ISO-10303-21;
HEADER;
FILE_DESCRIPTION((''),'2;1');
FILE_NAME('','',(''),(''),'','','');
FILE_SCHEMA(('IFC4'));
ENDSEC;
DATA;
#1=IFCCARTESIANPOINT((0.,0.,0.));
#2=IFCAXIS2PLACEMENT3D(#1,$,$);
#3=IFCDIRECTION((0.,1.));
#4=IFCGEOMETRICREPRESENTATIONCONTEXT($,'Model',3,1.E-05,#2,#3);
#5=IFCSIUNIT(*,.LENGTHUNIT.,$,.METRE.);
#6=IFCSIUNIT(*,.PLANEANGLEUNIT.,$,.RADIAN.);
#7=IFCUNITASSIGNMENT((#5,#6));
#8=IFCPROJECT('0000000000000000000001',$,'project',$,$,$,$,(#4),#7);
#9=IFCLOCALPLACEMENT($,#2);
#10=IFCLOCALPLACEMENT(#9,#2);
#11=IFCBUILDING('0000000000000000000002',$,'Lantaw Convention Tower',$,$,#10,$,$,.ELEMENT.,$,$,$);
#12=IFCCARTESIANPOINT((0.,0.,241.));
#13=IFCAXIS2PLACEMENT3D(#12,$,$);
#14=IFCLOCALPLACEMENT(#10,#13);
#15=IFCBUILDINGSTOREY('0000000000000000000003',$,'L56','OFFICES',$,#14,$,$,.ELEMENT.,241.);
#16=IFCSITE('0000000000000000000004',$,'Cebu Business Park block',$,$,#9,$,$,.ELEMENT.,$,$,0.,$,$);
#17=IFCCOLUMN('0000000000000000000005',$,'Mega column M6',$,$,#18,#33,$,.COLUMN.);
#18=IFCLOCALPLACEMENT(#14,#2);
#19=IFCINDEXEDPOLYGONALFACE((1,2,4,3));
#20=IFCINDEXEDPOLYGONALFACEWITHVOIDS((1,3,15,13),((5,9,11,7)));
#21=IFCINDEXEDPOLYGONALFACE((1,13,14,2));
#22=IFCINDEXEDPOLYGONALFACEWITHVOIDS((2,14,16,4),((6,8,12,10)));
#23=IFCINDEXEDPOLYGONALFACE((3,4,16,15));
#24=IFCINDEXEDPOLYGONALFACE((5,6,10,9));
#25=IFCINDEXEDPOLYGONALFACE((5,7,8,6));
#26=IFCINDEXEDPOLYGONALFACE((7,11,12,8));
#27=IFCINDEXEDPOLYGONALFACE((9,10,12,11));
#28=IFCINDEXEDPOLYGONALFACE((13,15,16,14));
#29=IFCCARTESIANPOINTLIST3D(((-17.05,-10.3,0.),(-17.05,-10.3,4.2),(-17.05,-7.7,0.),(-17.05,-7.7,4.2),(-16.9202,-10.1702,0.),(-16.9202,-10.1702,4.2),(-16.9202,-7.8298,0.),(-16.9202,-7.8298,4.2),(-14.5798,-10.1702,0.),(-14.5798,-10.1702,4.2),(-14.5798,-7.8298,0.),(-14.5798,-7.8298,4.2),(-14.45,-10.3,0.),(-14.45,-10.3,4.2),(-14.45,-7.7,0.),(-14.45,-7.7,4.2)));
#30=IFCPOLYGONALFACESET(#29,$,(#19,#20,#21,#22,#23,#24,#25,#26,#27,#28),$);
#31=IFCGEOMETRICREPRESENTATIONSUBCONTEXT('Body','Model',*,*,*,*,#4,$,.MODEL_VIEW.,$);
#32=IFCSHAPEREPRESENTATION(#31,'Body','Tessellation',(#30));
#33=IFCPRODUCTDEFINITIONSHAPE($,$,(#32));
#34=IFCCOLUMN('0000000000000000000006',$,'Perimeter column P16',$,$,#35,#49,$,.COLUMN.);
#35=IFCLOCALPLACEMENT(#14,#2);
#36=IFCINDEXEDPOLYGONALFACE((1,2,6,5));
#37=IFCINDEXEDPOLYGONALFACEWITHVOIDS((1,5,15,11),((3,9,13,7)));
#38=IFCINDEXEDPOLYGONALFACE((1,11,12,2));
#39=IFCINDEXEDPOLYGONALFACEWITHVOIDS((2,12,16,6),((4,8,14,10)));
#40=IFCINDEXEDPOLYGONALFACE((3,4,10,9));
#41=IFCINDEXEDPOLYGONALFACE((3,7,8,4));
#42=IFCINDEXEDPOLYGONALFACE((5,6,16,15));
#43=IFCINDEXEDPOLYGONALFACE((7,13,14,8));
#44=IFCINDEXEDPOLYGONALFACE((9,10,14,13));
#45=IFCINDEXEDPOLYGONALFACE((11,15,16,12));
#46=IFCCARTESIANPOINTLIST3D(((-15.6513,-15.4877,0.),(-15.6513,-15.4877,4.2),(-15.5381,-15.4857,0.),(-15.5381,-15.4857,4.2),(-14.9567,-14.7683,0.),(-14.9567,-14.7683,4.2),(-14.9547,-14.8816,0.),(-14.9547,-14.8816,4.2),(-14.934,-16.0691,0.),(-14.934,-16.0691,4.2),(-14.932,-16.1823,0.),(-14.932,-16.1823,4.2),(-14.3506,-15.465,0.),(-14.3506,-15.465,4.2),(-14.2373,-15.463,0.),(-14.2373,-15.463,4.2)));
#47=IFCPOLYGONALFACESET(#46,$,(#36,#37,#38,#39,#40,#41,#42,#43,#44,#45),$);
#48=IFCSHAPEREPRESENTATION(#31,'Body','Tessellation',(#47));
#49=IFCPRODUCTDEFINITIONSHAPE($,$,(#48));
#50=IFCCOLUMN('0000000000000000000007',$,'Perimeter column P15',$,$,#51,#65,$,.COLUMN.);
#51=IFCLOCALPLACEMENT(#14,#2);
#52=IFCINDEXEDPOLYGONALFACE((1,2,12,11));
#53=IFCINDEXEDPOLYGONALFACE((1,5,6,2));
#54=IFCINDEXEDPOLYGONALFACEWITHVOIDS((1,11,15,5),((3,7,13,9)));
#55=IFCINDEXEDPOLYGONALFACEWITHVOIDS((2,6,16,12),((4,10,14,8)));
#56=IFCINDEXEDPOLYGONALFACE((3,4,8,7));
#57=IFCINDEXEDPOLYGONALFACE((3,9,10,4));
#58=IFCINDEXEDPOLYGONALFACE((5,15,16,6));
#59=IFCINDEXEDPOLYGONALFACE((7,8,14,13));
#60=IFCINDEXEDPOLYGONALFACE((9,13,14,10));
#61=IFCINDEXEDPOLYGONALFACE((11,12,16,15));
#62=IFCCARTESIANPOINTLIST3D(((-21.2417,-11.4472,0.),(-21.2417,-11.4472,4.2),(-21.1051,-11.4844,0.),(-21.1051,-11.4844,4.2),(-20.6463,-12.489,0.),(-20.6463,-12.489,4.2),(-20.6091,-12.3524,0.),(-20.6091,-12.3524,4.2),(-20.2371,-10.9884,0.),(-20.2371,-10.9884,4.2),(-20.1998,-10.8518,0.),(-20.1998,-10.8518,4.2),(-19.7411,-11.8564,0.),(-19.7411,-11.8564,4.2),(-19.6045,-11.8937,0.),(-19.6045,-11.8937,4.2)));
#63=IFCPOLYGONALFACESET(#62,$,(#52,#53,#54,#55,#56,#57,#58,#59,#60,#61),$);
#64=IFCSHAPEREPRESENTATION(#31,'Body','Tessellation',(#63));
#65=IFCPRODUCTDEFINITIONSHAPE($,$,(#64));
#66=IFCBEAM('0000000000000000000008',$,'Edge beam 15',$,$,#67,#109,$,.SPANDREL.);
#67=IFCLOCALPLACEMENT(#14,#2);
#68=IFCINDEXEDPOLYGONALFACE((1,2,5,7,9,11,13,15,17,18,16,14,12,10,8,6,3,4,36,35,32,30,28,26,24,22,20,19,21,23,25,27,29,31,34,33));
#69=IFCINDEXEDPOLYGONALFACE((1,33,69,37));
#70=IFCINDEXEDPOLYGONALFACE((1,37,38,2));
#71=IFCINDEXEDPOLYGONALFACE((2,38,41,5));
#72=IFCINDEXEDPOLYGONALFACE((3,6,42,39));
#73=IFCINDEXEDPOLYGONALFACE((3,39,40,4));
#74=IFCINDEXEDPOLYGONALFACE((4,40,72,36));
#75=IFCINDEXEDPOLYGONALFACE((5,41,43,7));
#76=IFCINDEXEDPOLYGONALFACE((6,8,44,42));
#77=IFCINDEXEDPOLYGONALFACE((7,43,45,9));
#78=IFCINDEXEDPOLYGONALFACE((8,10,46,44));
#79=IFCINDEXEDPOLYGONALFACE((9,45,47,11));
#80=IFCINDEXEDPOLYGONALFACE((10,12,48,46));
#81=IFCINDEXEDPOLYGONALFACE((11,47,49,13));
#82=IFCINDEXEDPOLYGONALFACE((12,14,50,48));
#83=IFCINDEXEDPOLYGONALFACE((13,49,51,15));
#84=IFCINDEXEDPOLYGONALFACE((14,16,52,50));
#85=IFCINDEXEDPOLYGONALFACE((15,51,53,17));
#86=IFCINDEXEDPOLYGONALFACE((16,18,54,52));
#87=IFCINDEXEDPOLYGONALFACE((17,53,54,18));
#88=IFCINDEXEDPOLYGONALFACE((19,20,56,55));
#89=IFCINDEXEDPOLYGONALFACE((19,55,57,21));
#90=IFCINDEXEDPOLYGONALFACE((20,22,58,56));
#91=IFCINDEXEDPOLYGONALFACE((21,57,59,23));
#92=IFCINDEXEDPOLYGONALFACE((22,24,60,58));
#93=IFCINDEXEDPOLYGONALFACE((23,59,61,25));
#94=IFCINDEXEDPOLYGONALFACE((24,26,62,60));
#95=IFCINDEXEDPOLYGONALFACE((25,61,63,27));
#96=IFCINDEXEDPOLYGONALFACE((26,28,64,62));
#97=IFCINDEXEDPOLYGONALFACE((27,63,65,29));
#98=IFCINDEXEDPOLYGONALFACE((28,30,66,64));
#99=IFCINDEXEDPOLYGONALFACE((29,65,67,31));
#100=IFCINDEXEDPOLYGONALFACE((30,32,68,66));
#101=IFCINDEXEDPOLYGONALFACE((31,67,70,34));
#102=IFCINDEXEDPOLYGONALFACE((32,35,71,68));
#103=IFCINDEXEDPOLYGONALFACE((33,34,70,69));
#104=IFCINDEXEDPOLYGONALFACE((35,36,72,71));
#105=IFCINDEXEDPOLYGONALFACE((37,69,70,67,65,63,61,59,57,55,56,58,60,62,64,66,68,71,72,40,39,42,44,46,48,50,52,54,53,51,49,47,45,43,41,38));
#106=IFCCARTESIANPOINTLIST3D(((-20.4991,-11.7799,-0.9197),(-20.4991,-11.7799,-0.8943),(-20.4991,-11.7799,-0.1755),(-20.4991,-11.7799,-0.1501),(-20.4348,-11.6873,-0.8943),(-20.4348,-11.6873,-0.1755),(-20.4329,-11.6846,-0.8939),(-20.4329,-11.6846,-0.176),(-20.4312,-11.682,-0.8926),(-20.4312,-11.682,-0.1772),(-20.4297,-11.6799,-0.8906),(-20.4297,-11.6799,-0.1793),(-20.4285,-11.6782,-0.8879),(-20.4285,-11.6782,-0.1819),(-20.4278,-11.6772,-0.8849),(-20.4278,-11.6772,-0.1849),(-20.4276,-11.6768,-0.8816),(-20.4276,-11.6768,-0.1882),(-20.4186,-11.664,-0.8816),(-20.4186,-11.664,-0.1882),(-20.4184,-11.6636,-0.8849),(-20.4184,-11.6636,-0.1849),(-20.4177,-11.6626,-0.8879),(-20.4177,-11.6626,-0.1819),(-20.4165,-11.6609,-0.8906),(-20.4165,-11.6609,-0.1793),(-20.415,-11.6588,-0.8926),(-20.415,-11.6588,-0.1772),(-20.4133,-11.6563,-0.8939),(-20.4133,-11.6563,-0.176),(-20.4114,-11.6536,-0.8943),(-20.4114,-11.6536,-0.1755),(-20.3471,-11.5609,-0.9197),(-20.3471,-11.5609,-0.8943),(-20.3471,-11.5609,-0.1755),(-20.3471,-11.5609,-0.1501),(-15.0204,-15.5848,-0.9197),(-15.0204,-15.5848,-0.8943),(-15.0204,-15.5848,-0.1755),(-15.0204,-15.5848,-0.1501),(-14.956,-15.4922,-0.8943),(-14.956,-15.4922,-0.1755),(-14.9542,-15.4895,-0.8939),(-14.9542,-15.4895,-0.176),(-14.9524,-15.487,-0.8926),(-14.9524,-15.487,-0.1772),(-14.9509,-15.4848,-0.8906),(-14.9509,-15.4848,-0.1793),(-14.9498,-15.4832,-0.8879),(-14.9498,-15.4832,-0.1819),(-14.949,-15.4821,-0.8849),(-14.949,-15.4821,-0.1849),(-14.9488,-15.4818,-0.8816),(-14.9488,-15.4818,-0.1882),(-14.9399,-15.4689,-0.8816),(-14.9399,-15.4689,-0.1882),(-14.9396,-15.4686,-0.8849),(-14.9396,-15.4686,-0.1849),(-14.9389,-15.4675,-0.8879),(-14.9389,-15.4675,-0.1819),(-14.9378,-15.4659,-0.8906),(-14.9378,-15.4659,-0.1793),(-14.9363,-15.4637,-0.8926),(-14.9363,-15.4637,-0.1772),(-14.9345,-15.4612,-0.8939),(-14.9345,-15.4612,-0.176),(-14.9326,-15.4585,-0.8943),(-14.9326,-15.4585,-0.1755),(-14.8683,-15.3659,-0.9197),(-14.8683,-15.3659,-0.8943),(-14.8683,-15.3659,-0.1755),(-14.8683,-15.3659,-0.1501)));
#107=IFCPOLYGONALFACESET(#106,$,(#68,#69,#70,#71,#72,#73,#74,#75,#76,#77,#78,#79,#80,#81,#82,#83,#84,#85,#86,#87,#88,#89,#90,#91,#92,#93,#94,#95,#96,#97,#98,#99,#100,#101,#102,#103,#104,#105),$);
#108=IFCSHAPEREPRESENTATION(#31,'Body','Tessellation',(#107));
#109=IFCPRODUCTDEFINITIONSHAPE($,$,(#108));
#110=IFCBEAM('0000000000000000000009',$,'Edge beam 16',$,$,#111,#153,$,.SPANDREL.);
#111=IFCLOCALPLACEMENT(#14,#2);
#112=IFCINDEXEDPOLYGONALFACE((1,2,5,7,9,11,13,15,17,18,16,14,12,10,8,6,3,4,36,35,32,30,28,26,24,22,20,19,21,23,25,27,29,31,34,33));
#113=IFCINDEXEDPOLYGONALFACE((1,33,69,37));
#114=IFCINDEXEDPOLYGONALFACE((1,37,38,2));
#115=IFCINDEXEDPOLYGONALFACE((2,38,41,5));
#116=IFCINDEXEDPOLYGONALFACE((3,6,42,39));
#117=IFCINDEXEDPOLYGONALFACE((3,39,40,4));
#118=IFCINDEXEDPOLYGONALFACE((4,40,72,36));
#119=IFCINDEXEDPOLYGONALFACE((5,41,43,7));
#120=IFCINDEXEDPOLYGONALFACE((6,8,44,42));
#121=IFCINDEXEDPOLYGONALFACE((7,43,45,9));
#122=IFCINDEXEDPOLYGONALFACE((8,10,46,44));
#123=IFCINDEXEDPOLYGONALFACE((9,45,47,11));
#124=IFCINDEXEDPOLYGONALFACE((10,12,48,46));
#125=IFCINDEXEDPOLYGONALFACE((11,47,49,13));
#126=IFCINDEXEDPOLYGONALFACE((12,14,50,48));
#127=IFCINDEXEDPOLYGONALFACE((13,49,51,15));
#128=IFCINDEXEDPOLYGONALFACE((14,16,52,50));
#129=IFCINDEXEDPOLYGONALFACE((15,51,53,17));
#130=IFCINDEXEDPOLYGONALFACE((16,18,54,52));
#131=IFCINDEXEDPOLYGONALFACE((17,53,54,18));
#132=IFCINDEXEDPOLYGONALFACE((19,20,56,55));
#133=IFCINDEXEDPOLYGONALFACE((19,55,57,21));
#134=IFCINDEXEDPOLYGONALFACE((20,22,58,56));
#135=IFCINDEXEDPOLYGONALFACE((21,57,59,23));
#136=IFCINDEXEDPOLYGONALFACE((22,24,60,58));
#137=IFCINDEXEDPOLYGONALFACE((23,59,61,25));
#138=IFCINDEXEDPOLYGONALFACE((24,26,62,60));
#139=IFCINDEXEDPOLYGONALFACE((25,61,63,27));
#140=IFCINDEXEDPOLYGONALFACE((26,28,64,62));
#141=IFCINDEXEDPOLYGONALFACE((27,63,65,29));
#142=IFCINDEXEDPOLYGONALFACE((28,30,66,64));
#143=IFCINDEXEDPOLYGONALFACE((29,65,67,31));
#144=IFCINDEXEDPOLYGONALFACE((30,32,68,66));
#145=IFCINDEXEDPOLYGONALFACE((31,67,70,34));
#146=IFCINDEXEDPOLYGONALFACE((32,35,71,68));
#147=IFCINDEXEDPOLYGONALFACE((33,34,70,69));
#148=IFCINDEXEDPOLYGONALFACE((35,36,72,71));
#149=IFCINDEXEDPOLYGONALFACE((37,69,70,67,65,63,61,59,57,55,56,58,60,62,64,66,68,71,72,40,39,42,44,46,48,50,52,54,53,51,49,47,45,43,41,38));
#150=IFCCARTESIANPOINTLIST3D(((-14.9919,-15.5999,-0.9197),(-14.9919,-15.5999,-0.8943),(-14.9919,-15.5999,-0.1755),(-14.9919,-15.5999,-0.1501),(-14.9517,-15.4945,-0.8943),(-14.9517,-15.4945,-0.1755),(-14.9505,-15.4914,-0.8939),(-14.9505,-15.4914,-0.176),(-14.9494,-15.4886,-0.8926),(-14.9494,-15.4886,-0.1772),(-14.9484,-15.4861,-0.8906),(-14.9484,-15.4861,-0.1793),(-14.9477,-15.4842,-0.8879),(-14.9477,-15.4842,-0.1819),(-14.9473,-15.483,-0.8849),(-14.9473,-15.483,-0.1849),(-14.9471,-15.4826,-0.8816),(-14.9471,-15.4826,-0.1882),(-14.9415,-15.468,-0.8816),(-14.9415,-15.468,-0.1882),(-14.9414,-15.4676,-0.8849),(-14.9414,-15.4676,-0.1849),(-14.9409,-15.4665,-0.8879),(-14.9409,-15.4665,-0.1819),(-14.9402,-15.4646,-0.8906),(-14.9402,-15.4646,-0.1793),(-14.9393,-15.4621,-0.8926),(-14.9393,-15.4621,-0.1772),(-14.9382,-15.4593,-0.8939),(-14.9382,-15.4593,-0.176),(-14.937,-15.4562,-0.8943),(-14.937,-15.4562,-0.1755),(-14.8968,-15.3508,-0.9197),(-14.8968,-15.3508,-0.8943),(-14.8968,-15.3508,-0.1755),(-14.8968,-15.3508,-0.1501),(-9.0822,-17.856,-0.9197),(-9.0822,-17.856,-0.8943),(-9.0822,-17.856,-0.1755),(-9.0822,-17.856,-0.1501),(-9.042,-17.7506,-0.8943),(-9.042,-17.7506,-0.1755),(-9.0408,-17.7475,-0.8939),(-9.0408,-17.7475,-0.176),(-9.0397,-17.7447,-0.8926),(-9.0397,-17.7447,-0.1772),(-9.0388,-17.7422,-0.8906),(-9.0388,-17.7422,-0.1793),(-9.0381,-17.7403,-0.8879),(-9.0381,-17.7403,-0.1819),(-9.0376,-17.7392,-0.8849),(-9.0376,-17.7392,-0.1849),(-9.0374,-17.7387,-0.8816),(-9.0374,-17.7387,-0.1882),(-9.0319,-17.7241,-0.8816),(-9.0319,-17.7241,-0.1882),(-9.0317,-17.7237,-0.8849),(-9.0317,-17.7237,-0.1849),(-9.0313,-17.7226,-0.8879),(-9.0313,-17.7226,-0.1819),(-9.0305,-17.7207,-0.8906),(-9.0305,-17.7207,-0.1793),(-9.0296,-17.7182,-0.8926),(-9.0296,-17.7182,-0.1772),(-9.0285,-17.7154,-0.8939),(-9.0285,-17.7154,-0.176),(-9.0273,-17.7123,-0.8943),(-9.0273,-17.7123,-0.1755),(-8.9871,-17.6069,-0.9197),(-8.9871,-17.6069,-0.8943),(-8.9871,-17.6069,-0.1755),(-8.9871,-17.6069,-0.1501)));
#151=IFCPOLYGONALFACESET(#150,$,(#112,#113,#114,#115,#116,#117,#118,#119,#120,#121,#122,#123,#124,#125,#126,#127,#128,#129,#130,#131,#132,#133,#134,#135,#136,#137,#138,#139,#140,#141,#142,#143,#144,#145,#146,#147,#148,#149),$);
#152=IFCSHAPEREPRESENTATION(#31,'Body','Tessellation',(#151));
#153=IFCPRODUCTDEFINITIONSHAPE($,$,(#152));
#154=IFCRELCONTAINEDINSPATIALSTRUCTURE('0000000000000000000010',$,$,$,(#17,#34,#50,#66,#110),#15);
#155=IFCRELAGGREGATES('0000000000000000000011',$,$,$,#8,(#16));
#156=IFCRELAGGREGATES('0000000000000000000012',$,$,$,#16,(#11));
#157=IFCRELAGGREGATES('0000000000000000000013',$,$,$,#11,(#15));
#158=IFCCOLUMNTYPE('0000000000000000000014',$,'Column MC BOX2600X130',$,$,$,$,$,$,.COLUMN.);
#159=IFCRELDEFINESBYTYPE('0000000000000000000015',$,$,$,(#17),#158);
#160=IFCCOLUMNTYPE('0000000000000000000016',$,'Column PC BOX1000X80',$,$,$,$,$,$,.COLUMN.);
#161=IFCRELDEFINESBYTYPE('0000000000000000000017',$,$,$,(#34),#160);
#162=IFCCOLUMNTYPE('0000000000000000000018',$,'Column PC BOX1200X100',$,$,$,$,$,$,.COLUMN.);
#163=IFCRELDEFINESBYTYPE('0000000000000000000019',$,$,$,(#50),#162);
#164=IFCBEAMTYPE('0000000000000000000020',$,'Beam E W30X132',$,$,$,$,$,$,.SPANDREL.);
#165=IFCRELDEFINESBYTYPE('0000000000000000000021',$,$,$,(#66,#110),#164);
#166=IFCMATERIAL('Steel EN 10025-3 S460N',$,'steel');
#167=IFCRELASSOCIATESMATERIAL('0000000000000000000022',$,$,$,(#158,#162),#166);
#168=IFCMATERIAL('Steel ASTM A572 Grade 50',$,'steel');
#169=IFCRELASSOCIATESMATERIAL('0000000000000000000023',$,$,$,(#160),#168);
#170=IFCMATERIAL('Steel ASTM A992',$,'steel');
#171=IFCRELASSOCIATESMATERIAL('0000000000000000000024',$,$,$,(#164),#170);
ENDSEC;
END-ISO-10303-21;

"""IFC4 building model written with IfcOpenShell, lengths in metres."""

from ifc_helpers import new_model, si_unit, direction, frame, origin, origin_2d, place, context, subcontext, project, spatial, rectangle, hollow_rectangle, i_section, extrude, material, material_profile, profile_set, type_object, element, save


model = new_model("IFC4")

# Units and contexts
model_context = context("Model", 3, precision=1e-05, world=origin(), true_north=direction((0.0, 1.0)))
body_context = subcontext(model_context, "Body", "Model", "MODEL_VIEW")
ifc_project = project(units=[si_unit("LENGTHUNIT", "METRE"), si_unit("PLANEANGLEUNIT", "RADIAN")], contexts=[model_context])

# Site, building, storey
site_placement = place(None, origin())
site = spatial("IfcSite", under=ifc_project, at=site_placement, Name="Cebu Business Park block", CompositionType="ELEMENT", RefElevation=0.0)
building_placement = place(site_placement, origin())
building = spatial("IfcBuilding", under=site, at=building_placement, Name="Lantaw Convention Tower", CompositionType="ELEMENT")
storey_placement = place(building_placement, frame((0.0, 0.0, 241.0)))
storey = spatial("IfcBuildingStorey", under=building, at=storey_placement, Name="L56", Description="OFFICES", CompositionType="ELEMENT", Elevation=241.0)

# Columns
ifc_material_1 = material(Name="Steel EN 10025-3 S460N", Category="steel")
ifc_material_profile_1 = material_profile(ifc_material_1, hollow_rectangle(XDim=2.6001, YDim=2.6001, WallThickness=0.1299, at=origin_2d()), Name="BOX2600X130")
ifc_material_2 = material(Name="Concrete C60/75", Category="concrete")
ifc_material_profile_2 = material_profile(ifc_material_2, rectangle(XDim=2.3401, YDim=2.3401, at=origin_2d()), Name="Concrete fill of BOX2600X130")
ifc_profile_set_1 = profile_set([ifc_material_profile_1, ifc_material_profile_2], Name="Steel EN 10025-3 S460N")
column_type_1 = type_object("IfcColumnType", Name="Column MC BOX2600X130", PredefinedType="COLUMN", material=ifc_profile_set_1)
column_1_placement = place(storey_placement, frame((-15.75, -9.0, 0.0), z_axis=(0.0, 0.0, 1.0), x_axis=(1.0, 0.0, 0.0)))
element("IfcColumn", 1, at=column_1_placement, inside=storey, type_object=column_type_1, Name="Mega column M6", PredefinedType="COLUMN", context=body_context, shape_type="SweptSolid", body=[
    extrude(hollow_rectangle(XDim=2.6001, YDim=2.6001, WallThickness=0.1299, at=origin_2d()), origin(), (0.0, 0.0, 1.0), 4.2),
])
ifc_material_3 = material(Name="Steel ASTM A572 Grade 50", Category="steel")
ifc_material_profile_3 = material_profile(ifc_material_3, hollow_rectangle(XDim=1.0, YDim=1.0, WallThickness=0.0801, at=origin_2d()), Name="BOX1000X80")
ifc_material_profile_4 = material_profile(ifc_material_2, rectangle(XDim=0.8401, YDim=0.8401, at=origin_2d()), Name="Concrete fill of BOX1000X80")
ifc_profile_set_2 = profile_set([ifc_material_profile_3, ifc_material_profile_4], Name="Steel ASTM A572 Grade 50")
column_type_2 = type_object("IfcColumnType", Name="Column PC BOX1000X80", PredefinedType="COLUMN", material=ifc_profile_set_2)
column_2_placement = place(storey_placement, frame((-14.9443, -15.4753, 0.0), z_axis=(0.0, 0.0, 1.0), x_axis=(0.694658, 0.71934, 0.0)))
element("IfcColumn", 2, at=column_2_placement, inside=storey, type_object=column_type_2, Name="Perimeter column P16", PredefinedType="COLUMN", context=body_context, shape_type="SweptSolid", body=[
    extrude(hollow_rectangle(XDim=1.0, YDim=1.0, WallThickness=0.0801, at=origin_2d()), origin(), (0.0, 0.0, 1.0), 4.2),
])
ifc_material_profile_5 = material_profile(ifc_material_1, hollow_rectangle(XDim=1.2, YDim=1.2, WallThickness=0.1001, at=origin_2d()), Name="BOX1200X100")
ifc_material_profile_6 = material_profile(ifc_material_2, rectangle(XDim=1.0, YDim=1.0, at=origin_2d()), Name="Concrete fill of BOX1200X100")
ifc_profile_set_3 = profile_set([ifc_material_profile_5, ifc_material_profile_6], Name="Steel EN 10025-3 S460N")
column_type_3 = type_object("IfcColumnType", Name="Column PC BOX1200X100", PredefinedType="COLUMN", material=ifc_profile_set_3)
column_3_placement = place(storey_placement, frame((-20.4231, -11.6704, 0.0), z_axis=(0.0, 0.0, 1.0), x_axis=(0.868243, 0.496139, 0.0)))
element("IfcColumn", 3, at=column_3_placement, inside=storey, type_object=column_type_3, Name="Perimeter column P15", PredefinedType="COLUMN", context=body_context, shape_type="SweptSolid", body=[
    extrude(hollow_rectangle(XDim=1.2, YDim=1.2, WallThickness=0.1001, at=origin_2d()), origin(), (0.0, 0.0, 1.0), 4.2),
])

# Beams
ifc_material_4 = material(Name="Steel ASTM A992", Category="steel")
ifc_material_profile_7 = material_profile(ifc_material_4, i_section(OverallWidth=0.2666, OverallDepth=0.7695, WebThickness=0.0156, FlangeThickness=0.0254, FilletRadius=0.0127, at=origin_2d()), Name="W30X132")
ifc_profile_set_4 = profile_set([ifc_material_profile_7], Name="Steel ASTM A992")
beam_type_1 = type_object("IfcBeamType", Name="Beam E W30X132", PredefinedType="SPANDREL", material=ifc_profile_set_4)
beam_1_placement = place(storey_placement, frame((-20.4231, -11.6704, -0.5349), z_axis=(0.821353, -0.57042, 0.0), x_axis=(0.57042, 0.821353, 0.0)))
element("IfcBeam", 4, at=beam_1_placement, inside=storey, type_object=beam_type_1, Name="Edge beam 15", PredefinedType="SPANDREL", context=body_context, shape_type="SweptSolid", body=[
    extrude(i_section(OverallWidth=0.2666, OverallDepth=0.7695, WebThickness=0.0156, FlangeThickness=0.0254, FilletRadius=0.0127, at=origin_2d()), origin(), (0.0, 0.0, 1.0), 6.6704),
])
beam_2_placement = place(storey_placement, frame((-14.9443, -15.4753, -0.5349), z_axis=(0.934235, -0.356658, 0.0), x_axis=(0.356658, 0.934235, 0.0)))
element("IfcBeam", 5, at=beam_2_placement, inside=storey, type_object=beam_type_1, Name="Edge beam 16", PredefinedType="SPANDREL", context=body_context, shape_type="SweptSolid", body=[
    extrude(i_section(OverallWidth=0.2666, OverallDepth=0.7695, WebThickness=0.0156, FlangeThickness=0.0254, FilletRadius=0.0127, at=origin_2d()), origin(), (0.0, 0.0, 1.0), 6.3257),
])

save(model, "model.ifc")
